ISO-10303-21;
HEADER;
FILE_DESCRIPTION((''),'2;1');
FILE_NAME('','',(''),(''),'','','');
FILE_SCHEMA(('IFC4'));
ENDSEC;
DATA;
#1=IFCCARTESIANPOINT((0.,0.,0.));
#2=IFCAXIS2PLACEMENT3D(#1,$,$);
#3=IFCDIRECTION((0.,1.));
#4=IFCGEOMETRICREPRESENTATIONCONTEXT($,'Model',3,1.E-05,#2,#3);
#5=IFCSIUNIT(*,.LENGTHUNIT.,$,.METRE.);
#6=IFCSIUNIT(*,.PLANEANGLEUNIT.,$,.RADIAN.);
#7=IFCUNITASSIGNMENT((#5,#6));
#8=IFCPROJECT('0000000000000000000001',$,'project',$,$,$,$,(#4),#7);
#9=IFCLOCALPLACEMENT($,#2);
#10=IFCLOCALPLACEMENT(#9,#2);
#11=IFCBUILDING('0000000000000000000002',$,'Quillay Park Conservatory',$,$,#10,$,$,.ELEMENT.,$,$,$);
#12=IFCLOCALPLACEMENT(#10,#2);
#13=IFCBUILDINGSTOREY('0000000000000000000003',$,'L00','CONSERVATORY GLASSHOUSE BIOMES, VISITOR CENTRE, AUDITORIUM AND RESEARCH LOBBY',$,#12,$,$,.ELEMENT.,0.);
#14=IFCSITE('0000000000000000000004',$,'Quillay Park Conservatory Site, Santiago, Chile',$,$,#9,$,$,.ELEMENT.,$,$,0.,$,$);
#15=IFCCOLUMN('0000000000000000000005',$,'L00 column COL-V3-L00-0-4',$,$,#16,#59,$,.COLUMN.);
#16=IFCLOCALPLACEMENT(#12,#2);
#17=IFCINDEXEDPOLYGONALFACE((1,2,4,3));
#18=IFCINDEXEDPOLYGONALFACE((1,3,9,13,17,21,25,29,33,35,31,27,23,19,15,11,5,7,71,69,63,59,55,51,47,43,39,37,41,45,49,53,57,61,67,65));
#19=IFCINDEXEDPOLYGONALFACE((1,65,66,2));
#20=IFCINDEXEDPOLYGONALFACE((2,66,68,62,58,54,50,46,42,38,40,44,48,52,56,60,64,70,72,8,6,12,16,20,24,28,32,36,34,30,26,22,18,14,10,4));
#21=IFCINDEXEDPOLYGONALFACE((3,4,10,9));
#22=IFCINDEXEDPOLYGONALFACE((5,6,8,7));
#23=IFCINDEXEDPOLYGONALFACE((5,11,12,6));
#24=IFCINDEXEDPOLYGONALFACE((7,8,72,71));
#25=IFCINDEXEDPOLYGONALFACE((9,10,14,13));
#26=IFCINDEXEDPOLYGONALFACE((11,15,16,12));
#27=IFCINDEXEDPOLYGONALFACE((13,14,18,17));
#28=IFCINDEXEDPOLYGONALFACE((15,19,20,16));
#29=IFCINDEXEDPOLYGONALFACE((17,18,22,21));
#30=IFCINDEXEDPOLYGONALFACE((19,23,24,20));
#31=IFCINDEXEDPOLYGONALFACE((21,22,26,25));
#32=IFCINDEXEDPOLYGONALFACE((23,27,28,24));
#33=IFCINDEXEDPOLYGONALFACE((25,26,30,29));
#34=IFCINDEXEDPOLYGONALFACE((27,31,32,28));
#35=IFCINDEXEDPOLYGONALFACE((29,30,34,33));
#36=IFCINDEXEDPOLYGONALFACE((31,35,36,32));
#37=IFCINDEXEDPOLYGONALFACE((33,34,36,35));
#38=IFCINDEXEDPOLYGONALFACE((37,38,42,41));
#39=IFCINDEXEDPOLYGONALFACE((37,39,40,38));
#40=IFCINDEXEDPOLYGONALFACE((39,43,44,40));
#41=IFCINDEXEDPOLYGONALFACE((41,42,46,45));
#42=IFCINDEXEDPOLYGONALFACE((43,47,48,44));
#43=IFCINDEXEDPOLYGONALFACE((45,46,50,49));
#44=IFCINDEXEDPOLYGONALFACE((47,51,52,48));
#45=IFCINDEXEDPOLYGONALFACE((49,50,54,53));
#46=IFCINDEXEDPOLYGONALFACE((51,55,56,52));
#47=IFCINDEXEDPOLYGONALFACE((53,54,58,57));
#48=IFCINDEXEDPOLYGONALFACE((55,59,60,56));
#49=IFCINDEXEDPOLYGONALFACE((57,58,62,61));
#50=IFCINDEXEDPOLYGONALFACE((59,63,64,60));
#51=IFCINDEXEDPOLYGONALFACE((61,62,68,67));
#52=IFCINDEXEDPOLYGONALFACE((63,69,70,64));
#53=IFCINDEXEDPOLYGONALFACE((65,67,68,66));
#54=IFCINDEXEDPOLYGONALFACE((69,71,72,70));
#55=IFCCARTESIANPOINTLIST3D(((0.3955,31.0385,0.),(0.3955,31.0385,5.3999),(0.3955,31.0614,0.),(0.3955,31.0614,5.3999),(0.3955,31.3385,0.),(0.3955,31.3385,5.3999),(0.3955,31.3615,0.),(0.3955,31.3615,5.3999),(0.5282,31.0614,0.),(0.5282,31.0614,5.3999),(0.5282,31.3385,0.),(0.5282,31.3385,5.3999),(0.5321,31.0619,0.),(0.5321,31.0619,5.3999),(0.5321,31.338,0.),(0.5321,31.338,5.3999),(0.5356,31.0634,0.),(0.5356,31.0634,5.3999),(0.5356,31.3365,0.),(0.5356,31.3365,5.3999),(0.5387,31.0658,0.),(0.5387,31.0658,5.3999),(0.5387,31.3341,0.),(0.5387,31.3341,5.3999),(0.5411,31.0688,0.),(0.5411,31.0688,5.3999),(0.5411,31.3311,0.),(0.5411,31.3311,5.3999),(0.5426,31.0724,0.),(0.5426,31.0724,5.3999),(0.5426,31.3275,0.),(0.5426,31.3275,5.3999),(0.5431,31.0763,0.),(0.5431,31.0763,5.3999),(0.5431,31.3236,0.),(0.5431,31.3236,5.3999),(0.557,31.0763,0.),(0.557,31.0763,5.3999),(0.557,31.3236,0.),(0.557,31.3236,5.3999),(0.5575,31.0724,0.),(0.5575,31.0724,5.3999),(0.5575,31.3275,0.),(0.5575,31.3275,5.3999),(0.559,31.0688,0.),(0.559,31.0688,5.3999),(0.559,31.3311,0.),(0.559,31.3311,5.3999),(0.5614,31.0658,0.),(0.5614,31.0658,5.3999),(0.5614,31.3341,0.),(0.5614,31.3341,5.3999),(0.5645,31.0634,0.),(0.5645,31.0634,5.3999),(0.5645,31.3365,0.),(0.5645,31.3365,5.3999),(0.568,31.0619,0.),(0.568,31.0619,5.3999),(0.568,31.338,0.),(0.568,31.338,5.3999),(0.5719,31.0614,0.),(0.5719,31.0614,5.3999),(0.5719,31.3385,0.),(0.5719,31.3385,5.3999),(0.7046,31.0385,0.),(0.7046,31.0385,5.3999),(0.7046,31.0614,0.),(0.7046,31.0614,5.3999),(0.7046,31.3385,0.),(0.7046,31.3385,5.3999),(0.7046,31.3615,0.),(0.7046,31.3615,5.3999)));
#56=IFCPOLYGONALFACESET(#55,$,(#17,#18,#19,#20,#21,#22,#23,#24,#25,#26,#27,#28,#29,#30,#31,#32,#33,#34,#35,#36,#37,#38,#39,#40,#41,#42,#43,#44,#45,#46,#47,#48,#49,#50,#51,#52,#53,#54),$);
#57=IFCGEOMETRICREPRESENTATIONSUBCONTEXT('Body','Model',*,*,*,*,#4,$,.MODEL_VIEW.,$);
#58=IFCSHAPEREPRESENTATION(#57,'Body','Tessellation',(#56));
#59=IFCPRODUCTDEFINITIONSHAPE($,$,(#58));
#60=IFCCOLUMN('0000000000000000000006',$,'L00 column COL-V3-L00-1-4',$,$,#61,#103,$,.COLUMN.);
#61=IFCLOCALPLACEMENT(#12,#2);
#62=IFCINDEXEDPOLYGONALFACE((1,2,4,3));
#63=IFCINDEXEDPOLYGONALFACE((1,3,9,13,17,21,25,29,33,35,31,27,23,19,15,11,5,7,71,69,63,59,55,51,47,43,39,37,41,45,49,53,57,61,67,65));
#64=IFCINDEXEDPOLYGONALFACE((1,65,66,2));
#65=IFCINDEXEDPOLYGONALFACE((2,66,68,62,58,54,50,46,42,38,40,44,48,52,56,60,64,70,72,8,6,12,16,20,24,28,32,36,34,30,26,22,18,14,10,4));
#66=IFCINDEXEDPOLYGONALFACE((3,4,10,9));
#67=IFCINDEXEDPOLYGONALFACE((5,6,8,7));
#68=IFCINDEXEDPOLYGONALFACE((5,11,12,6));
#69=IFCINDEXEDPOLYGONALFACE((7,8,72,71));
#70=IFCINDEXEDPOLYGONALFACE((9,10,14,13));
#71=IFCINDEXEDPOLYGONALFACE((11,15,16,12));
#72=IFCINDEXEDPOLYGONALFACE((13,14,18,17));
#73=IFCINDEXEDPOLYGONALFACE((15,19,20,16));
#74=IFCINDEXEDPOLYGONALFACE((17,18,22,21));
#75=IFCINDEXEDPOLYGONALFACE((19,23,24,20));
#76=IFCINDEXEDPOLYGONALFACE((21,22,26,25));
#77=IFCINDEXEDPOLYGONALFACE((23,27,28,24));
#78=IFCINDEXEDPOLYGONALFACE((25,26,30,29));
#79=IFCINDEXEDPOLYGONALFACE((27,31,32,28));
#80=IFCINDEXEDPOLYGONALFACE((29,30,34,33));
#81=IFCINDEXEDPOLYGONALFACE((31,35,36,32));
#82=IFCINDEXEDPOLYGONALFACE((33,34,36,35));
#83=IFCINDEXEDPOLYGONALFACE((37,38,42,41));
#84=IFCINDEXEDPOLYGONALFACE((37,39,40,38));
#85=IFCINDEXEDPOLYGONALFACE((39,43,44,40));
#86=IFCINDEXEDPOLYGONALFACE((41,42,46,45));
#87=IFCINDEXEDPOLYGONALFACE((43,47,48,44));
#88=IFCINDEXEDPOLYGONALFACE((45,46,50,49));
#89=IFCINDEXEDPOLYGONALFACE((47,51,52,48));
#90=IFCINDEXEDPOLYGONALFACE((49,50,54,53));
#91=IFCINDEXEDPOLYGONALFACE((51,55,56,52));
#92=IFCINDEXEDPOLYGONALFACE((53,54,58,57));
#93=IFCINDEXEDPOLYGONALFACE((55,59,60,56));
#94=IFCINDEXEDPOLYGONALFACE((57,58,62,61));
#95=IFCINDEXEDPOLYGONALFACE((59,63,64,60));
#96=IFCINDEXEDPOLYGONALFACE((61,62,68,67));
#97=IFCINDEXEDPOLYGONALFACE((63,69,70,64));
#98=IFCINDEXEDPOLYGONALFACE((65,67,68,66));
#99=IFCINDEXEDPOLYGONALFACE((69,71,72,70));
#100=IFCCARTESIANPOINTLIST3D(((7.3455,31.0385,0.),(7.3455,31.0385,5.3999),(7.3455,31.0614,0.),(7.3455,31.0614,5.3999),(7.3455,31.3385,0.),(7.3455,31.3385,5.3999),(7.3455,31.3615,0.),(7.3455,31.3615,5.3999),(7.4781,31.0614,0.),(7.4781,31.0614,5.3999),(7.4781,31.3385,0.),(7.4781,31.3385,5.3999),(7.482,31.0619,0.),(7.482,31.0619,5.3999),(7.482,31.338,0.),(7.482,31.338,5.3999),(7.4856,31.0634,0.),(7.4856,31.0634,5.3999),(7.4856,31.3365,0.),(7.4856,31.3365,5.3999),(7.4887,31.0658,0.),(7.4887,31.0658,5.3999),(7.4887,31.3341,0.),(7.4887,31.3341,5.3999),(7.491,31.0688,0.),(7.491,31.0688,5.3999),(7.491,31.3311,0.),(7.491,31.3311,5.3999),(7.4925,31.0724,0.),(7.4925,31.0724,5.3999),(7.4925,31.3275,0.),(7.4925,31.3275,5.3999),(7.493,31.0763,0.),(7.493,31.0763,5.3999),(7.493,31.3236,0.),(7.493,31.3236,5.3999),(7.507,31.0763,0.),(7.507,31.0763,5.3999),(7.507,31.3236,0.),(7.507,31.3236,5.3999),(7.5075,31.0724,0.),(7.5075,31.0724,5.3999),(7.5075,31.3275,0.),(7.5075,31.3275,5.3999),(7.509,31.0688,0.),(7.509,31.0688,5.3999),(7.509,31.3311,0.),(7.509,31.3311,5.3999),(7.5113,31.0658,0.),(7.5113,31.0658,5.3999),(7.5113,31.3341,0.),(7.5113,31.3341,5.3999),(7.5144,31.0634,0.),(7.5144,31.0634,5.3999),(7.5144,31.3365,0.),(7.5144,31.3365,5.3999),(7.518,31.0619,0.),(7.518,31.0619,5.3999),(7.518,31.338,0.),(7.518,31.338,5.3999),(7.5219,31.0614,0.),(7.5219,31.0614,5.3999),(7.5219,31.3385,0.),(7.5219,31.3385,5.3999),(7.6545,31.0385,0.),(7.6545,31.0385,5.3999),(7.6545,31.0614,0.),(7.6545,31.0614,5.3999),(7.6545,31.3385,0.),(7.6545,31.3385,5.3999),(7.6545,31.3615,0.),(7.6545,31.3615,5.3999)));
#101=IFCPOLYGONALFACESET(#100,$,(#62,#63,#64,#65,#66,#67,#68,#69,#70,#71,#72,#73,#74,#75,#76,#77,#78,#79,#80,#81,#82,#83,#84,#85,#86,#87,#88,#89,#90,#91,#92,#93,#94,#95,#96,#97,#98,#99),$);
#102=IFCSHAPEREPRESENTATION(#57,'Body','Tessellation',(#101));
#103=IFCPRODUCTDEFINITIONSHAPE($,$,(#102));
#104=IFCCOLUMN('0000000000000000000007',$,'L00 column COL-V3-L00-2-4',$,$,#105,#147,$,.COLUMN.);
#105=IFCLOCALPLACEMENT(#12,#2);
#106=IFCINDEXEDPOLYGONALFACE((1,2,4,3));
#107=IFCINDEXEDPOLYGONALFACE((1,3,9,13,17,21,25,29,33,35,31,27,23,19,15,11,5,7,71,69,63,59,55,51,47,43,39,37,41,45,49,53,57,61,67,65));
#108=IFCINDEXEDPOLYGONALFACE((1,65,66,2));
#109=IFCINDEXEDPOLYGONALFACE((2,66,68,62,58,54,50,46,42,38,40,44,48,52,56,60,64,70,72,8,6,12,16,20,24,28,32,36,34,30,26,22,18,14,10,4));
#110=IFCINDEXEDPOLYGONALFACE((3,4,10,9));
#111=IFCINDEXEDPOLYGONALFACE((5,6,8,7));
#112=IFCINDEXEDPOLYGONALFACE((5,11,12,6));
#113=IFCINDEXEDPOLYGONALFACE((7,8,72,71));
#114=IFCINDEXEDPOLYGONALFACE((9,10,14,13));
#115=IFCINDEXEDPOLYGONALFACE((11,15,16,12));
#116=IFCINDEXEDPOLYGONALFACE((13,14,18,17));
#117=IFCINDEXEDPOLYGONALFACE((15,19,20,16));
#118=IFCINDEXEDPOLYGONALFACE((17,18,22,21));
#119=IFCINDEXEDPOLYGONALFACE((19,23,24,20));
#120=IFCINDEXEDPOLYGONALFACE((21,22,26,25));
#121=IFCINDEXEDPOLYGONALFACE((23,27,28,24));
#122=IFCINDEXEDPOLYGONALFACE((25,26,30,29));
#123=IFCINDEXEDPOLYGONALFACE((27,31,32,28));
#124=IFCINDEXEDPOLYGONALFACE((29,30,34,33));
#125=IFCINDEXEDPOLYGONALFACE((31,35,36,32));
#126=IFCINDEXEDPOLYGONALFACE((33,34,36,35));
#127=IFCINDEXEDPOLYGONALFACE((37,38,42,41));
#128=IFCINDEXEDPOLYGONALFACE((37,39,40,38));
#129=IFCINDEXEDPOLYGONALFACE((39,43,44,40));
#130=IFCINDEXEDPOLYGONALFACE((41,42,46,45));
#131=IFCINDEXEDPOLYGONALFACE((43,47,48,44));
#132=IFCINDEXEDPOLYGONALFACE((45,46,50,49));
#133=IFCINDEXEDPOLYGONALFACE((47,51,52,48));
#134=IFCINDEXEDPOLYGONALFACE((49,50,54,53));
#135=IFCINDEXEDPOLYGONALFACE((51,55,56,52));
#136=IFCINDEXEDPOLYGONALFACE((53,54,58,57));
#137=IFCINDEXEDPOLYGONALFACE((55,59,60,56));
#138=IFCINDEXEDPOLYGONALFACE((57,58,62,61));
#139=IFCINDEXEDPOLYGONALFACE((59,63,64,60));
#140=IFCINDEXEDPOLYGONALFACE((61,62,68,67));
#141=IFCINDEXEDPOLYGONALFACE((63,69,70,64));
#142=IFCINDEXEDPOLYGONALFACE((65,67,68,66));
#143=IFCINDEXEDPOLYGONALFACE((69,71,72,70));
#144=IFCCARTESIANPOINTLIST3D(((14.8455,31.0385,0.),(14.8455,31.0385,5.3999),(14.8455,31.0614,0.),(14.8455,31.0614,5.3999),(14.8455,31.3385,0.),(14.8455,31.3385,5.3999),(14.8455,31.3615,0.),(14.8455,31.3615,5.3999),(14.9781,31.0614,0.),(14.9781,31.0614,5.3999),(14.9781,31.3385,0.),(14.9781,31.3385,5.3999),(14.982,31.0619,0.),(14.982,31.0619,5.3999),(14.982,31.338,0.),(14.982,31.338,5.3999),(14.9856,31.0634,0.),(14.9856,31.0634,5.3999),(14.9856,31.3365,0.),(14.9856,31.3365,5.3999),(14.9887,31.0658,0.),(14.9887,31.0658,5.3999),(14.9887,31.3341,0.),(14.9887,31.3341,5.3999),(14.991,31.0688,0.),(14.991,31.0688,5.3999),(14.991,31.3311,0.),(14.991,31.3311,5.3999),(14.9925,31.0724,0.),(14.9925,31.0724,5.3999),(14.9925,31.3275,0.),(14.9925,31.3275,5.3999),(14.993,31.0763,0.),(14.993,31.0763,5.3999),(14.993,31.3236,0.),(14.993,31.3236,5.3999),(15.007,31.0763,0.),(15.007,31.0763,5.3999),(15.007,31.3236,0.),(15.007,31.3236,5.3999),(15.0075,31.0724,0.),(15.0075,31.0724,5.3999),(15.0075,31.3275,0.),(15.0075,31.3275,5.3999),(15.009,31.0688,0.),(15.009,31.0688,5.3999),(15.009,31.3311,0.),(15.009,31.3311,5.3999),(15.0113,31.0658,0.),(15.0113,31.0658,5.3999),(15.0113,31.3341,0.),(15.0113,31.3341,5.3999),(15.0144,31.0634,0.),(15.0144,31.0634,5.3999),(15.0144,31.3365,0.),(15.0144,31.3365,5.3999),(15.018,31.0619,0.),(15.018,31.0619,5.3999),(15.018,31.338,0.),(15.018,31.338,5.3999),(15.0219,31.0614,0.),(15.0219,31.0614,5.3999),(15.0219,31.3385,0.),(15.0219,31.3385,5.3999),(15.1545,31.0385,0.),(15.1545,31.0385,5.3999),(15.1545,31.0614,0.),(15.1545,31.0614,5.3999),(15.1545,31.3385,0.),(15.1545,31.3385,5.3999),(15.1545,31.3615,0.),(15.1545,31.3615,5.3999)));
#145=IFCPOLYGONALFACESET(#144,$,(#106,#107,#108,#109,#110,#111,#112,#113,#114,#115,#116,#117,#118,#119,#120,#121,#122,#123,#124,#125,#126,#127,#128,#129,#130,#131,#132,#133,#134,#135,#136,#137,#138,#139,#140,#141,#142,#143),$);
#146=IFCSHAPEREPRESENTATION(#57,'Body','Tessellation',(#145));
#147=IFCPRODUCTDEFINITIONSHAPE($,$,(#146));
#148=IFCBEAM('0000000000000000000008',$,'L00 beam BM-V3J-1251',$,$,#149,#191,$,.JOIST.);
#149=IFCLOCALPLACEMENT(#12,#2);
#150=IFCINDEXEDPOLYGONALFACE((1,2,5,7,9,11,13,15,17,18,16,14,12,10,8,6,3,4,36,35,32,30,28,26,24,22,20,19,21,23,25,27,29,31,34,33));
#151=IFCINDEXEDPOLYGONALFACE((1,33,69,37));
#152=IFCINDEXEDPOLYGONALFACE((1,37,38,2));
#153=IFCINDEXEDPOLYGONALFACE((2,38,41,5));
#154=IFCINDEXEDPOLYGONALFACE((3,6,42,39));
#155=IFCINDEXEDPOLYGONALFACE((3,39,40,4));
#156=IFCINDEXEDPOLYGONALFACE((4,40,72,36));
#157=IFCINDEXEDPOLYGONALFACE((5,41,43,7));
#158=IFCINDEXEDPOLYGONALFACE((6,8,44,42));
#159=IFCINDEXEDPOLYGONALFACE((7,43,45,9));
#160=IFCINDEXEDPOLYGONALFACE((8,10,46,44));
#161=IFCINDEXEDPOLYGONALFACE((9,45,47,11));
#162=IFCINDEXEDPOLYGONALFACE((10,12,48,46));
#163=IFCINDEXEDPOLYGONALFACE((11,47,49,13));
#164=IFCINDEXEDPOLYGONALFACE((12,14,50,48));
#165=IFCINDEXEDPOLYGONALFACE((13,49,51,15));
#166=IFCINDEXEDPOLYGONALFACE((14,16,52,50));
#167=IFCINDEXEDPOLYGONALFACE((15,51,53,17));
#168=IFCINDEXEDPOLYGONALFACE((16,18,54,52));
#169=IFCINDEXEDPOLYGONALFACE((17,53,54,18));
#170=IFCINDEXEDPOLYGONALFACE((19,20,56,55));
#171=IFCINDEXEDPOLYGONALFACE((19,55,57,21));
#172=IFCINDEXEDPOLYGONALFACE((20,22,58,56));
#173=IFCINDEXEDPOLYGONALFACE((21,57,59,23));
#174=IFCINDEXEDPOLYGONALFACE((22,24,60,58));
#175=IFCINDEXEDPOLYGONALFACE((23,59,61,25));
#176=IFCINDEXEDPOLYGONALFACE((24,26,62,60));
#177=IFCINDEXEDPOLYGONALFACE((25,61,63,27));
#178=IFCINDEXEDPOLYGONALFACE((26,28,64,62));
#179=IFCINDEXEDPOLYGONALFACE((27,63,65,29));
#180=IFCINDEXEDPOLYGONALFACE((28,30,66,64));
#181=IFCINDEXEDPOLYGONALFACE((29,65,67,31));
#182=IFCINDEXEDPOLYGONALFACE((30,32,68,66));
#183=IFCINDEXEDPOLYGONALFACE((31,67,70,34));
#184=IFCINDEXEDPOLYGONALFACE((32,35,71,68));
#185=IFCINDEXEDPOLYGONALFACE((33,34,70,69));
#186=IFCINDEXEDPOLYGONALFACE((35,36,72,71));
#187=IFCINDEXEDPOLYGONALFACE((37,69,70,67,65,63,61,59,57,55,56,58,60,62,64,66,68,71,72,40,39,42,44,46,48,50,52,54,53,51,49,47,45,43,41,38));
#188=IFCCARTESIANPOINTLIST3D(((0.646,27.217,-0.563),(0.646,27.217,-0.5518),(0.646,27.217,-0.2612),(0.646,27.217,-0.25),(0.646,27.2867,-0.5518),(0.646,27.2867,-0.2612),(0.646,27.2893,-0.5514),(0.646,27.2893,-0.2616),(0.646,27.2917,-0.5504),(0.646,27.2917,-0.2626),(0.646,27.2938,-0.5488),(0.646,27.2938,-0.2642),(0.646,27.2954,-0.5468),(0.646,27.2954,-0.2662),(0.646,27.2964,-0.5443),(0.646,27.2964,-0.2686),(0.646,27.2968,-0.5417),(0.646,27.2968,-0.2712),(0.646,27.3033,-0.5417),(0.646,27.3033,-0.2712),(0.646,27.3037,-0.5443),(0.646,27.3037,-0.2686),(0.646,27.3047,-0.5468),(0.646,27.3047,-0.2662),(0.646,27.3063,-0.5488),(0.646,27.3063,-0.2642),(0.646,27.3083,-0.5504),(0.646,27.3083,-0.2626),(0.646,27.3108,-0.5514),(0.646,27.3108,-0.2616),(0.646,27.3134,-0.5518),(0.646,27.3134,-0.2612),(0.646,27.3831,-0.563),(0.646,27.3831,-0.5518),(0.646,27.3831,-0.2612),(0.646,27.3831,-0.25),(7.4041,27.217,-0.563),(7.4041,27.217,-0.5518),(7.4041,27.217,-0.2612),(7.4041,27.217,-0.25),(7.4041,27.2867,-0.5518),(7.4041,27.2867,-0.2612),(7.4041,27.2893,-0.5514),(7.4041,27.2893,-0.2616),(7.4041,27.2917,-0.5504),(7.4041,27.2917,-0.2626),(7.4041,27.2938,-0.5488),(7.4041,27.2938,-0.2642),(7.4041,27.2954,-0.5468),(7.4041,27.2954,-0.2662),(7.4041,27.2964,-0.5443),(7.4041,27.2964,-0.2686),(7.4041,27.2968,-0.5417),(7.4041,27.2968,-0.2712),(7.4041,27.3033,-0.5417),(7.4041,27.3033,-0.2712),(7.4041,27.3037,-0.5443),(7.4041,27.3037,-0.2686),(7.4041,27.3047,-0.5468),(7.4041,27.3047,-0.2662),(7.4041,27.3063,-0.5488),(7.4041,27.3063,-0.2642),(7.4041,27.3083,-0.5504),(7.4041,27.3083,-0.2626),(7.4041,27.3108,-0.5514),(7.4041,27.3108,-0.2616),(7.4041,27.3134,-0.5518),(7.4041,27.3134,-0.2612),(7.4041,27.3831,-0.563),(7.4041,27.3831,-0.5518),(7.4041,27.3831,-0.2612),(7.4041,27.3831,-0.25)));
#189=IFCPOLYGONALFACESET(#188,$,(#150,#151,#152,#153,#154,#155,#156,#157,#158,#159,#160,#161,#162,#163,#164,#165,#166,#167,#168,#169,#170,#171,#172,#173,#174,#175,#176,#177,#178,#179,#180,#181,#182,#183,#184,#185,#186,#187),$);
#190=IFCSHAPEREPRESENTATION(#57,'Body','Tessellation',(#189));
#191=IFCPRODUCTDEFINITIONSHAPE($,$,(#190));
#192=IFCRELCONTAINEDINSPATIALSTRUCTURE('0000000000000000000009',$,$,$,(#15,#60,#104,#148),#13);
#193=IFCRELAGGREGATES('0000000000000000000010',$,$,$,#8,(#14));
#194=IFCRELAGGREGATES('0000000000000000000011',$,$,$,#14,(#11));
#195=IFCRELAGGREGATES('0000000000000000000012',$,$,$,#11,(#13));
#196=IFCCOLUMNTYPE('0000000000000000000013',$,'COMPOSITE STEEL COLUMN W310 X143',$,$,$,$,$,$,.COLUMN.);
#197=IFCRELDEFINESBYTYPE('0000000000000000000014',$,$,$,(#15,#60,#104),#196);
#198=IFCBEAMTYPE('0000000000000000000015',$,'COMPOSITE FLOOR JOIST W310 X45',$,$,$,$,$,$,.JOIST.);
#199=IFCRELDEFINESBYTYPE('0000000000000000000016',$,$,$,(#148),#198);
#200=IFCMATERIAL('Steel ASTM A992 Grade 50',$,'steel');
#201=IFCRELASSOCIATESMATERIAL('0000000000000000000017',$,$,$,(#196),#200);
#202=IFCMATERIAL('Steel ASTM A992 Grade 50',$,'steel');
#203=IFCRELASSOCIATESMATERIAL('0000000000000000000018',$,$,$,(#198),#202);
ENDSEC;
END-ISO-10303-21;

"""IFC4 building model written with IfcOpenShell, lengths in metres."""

from ifc_helpers import new_model, si_unit, direction, frame, origin, origin_2d, place, context, subcontext, project, spatial, i_section, extrude, material, material_profile, profile_set, type_object, element, save


model = new_model("IFC4")

# Units and contexts
model_context = context("Model", 3, precision=1e-05, world=origin(), true_north=direction((0.0, 1.0)))
body_context = subcontext(model_context, "Body", "Model", "MODEL_VIEW")
ifc_project = project(units=[si_unit("LENGTHUNIT", "METRE"), si_unit("PLANEANGLEUNIT", "RADIAN")], contexts=[model_context])

# Site, building, storey
site_placement = place(None, origin())
site = spatial("IfcSite", under=ifc_project, at=site_placement, Name="Quillay Park Conservatory Site, Santiago, Chile", CompositionType="ELEMENT", RefElevation=0.0)
building_placement = place(site_placement, origin())
building = spatial("IfcBuilding", under=site, at=building_placement, Name="Quillay Park Conservatory", CompositionType="ELEMENT")
storey_placement = place(building_placement, origin())
storey = spatial("IfcBuildingStorey", under=building, at=storey_placement, Name="L00", Description="CONSERVATORY GLASSHOUSE BIOMES, VISITOR CENTRE, AUDITORIUM AND RESEARCH LOBBY", CompositionType="ELEMENT", Elevation=0.0)

# Columns
ifc_material_1 = material(Name="Steel ASTM A992 Grade 50", Category="steel")
ifc_material_profile_1 = material_profile(ifc_material_1, i_section(OverallWidth=0.3091, OverallDepth=0.323, WebThickness=0.0139, FlangeThickness=0.0229, FilletRadius=0.0149, at=origin_2d()), Name="W310x143")
ifc_profile_set_1 = profile_set([ifc_material_profile_1], Name="Steel ASTM A992 Grade 50")
column_type = type_object("IfcColumnType", Name="COMPOSITE STEEL COLUMN W310 X143", PredefinedType="COLUMN", material=ifc_profile_set_1)
for number, where, z_axis, x_axis, name in (
    (1, (0.55, 31.2, 0.0), (0.0, 0.0, 1.0), (1.0, 0.0, 0.0), "L00 column COL-V3-L00-0-4"),
    (2, (7.5, 31.2, 0.0), (0.0, 0.0, 1.0), (1.0, 0.0, 0.0), "L00 column COL-V3-L00-1-4"),
    (3, (15.0, 31.2, 0.0), (0.0, 0.0, 1.0), (1.0, 0.0, 0.0), "L00 column COL-V3-L00-2-4"),
):
    element("IfcColumn", number, at=place(storey_placement, frame(where, z_axis=z_axis, x_axis=x_axis)), inside=storey, type_object=column_type, Name=name, PredefinedType="COLUMN", context=body_context, shape_type="SweptSolid", body=[
        extrude(i_section(OverallWidth=0.3091, OverallDepth=0.323, WebThickness=0.0139, FlangeThickness=0.0229, FilletRadius=0.0149, at=origin_2d()), origin(), (0.0, 0.0, 1.0), 5.3999),
    ])

# Beam
ifc_material_2 = material(Name="Steel ASTM A992 Grade 50", Category="steel")
ifc_material_profile_2 = material_profile(ifc_material_2, i_section(OverallWidth=0.166, OverallDepth=0.313, WebThickness=0.0066, FlangeThickness=0.0112, FilletRadius=0.01, at=origin_2d()), Name="W310x45")
ifc_profile_set_2 = profile_set([ifc_material_profile_2], Name="Steel ASTM A992 Grade 50")
beam_type_1 = type_object("IfcBeamType", Name="COMPOSITE FLOOR JOIST W310 X45", PredefinedType="JOIST", material=ifc_profile_set_2)
beam_1_placement = place(storey_placement, frame((0.646, 27.3, -0.4065), z_axis=(1.0, 0.0, 0.0), x_axis=(0.0, 1.0, 0.0)))
element("IfcBeam", 4, at=beam_1_placement, inside=storey, type_object=beam_type_1, Name="L00 beam BM-V3J-1251", PredefinedType="JOIST", context=body_context, shape_type="SweptSolid", body=[
    extrude(i_section(OverallWidth=0.166, OverallDepth=0.313, WebThickness=0.0066, FlangeThickness=0.0112, FilletRadius=0.01, at=origin_2d()), origin(), (0.0, 0.0, 1.0), 6.7581),
])

save(model, "model.ifc")
